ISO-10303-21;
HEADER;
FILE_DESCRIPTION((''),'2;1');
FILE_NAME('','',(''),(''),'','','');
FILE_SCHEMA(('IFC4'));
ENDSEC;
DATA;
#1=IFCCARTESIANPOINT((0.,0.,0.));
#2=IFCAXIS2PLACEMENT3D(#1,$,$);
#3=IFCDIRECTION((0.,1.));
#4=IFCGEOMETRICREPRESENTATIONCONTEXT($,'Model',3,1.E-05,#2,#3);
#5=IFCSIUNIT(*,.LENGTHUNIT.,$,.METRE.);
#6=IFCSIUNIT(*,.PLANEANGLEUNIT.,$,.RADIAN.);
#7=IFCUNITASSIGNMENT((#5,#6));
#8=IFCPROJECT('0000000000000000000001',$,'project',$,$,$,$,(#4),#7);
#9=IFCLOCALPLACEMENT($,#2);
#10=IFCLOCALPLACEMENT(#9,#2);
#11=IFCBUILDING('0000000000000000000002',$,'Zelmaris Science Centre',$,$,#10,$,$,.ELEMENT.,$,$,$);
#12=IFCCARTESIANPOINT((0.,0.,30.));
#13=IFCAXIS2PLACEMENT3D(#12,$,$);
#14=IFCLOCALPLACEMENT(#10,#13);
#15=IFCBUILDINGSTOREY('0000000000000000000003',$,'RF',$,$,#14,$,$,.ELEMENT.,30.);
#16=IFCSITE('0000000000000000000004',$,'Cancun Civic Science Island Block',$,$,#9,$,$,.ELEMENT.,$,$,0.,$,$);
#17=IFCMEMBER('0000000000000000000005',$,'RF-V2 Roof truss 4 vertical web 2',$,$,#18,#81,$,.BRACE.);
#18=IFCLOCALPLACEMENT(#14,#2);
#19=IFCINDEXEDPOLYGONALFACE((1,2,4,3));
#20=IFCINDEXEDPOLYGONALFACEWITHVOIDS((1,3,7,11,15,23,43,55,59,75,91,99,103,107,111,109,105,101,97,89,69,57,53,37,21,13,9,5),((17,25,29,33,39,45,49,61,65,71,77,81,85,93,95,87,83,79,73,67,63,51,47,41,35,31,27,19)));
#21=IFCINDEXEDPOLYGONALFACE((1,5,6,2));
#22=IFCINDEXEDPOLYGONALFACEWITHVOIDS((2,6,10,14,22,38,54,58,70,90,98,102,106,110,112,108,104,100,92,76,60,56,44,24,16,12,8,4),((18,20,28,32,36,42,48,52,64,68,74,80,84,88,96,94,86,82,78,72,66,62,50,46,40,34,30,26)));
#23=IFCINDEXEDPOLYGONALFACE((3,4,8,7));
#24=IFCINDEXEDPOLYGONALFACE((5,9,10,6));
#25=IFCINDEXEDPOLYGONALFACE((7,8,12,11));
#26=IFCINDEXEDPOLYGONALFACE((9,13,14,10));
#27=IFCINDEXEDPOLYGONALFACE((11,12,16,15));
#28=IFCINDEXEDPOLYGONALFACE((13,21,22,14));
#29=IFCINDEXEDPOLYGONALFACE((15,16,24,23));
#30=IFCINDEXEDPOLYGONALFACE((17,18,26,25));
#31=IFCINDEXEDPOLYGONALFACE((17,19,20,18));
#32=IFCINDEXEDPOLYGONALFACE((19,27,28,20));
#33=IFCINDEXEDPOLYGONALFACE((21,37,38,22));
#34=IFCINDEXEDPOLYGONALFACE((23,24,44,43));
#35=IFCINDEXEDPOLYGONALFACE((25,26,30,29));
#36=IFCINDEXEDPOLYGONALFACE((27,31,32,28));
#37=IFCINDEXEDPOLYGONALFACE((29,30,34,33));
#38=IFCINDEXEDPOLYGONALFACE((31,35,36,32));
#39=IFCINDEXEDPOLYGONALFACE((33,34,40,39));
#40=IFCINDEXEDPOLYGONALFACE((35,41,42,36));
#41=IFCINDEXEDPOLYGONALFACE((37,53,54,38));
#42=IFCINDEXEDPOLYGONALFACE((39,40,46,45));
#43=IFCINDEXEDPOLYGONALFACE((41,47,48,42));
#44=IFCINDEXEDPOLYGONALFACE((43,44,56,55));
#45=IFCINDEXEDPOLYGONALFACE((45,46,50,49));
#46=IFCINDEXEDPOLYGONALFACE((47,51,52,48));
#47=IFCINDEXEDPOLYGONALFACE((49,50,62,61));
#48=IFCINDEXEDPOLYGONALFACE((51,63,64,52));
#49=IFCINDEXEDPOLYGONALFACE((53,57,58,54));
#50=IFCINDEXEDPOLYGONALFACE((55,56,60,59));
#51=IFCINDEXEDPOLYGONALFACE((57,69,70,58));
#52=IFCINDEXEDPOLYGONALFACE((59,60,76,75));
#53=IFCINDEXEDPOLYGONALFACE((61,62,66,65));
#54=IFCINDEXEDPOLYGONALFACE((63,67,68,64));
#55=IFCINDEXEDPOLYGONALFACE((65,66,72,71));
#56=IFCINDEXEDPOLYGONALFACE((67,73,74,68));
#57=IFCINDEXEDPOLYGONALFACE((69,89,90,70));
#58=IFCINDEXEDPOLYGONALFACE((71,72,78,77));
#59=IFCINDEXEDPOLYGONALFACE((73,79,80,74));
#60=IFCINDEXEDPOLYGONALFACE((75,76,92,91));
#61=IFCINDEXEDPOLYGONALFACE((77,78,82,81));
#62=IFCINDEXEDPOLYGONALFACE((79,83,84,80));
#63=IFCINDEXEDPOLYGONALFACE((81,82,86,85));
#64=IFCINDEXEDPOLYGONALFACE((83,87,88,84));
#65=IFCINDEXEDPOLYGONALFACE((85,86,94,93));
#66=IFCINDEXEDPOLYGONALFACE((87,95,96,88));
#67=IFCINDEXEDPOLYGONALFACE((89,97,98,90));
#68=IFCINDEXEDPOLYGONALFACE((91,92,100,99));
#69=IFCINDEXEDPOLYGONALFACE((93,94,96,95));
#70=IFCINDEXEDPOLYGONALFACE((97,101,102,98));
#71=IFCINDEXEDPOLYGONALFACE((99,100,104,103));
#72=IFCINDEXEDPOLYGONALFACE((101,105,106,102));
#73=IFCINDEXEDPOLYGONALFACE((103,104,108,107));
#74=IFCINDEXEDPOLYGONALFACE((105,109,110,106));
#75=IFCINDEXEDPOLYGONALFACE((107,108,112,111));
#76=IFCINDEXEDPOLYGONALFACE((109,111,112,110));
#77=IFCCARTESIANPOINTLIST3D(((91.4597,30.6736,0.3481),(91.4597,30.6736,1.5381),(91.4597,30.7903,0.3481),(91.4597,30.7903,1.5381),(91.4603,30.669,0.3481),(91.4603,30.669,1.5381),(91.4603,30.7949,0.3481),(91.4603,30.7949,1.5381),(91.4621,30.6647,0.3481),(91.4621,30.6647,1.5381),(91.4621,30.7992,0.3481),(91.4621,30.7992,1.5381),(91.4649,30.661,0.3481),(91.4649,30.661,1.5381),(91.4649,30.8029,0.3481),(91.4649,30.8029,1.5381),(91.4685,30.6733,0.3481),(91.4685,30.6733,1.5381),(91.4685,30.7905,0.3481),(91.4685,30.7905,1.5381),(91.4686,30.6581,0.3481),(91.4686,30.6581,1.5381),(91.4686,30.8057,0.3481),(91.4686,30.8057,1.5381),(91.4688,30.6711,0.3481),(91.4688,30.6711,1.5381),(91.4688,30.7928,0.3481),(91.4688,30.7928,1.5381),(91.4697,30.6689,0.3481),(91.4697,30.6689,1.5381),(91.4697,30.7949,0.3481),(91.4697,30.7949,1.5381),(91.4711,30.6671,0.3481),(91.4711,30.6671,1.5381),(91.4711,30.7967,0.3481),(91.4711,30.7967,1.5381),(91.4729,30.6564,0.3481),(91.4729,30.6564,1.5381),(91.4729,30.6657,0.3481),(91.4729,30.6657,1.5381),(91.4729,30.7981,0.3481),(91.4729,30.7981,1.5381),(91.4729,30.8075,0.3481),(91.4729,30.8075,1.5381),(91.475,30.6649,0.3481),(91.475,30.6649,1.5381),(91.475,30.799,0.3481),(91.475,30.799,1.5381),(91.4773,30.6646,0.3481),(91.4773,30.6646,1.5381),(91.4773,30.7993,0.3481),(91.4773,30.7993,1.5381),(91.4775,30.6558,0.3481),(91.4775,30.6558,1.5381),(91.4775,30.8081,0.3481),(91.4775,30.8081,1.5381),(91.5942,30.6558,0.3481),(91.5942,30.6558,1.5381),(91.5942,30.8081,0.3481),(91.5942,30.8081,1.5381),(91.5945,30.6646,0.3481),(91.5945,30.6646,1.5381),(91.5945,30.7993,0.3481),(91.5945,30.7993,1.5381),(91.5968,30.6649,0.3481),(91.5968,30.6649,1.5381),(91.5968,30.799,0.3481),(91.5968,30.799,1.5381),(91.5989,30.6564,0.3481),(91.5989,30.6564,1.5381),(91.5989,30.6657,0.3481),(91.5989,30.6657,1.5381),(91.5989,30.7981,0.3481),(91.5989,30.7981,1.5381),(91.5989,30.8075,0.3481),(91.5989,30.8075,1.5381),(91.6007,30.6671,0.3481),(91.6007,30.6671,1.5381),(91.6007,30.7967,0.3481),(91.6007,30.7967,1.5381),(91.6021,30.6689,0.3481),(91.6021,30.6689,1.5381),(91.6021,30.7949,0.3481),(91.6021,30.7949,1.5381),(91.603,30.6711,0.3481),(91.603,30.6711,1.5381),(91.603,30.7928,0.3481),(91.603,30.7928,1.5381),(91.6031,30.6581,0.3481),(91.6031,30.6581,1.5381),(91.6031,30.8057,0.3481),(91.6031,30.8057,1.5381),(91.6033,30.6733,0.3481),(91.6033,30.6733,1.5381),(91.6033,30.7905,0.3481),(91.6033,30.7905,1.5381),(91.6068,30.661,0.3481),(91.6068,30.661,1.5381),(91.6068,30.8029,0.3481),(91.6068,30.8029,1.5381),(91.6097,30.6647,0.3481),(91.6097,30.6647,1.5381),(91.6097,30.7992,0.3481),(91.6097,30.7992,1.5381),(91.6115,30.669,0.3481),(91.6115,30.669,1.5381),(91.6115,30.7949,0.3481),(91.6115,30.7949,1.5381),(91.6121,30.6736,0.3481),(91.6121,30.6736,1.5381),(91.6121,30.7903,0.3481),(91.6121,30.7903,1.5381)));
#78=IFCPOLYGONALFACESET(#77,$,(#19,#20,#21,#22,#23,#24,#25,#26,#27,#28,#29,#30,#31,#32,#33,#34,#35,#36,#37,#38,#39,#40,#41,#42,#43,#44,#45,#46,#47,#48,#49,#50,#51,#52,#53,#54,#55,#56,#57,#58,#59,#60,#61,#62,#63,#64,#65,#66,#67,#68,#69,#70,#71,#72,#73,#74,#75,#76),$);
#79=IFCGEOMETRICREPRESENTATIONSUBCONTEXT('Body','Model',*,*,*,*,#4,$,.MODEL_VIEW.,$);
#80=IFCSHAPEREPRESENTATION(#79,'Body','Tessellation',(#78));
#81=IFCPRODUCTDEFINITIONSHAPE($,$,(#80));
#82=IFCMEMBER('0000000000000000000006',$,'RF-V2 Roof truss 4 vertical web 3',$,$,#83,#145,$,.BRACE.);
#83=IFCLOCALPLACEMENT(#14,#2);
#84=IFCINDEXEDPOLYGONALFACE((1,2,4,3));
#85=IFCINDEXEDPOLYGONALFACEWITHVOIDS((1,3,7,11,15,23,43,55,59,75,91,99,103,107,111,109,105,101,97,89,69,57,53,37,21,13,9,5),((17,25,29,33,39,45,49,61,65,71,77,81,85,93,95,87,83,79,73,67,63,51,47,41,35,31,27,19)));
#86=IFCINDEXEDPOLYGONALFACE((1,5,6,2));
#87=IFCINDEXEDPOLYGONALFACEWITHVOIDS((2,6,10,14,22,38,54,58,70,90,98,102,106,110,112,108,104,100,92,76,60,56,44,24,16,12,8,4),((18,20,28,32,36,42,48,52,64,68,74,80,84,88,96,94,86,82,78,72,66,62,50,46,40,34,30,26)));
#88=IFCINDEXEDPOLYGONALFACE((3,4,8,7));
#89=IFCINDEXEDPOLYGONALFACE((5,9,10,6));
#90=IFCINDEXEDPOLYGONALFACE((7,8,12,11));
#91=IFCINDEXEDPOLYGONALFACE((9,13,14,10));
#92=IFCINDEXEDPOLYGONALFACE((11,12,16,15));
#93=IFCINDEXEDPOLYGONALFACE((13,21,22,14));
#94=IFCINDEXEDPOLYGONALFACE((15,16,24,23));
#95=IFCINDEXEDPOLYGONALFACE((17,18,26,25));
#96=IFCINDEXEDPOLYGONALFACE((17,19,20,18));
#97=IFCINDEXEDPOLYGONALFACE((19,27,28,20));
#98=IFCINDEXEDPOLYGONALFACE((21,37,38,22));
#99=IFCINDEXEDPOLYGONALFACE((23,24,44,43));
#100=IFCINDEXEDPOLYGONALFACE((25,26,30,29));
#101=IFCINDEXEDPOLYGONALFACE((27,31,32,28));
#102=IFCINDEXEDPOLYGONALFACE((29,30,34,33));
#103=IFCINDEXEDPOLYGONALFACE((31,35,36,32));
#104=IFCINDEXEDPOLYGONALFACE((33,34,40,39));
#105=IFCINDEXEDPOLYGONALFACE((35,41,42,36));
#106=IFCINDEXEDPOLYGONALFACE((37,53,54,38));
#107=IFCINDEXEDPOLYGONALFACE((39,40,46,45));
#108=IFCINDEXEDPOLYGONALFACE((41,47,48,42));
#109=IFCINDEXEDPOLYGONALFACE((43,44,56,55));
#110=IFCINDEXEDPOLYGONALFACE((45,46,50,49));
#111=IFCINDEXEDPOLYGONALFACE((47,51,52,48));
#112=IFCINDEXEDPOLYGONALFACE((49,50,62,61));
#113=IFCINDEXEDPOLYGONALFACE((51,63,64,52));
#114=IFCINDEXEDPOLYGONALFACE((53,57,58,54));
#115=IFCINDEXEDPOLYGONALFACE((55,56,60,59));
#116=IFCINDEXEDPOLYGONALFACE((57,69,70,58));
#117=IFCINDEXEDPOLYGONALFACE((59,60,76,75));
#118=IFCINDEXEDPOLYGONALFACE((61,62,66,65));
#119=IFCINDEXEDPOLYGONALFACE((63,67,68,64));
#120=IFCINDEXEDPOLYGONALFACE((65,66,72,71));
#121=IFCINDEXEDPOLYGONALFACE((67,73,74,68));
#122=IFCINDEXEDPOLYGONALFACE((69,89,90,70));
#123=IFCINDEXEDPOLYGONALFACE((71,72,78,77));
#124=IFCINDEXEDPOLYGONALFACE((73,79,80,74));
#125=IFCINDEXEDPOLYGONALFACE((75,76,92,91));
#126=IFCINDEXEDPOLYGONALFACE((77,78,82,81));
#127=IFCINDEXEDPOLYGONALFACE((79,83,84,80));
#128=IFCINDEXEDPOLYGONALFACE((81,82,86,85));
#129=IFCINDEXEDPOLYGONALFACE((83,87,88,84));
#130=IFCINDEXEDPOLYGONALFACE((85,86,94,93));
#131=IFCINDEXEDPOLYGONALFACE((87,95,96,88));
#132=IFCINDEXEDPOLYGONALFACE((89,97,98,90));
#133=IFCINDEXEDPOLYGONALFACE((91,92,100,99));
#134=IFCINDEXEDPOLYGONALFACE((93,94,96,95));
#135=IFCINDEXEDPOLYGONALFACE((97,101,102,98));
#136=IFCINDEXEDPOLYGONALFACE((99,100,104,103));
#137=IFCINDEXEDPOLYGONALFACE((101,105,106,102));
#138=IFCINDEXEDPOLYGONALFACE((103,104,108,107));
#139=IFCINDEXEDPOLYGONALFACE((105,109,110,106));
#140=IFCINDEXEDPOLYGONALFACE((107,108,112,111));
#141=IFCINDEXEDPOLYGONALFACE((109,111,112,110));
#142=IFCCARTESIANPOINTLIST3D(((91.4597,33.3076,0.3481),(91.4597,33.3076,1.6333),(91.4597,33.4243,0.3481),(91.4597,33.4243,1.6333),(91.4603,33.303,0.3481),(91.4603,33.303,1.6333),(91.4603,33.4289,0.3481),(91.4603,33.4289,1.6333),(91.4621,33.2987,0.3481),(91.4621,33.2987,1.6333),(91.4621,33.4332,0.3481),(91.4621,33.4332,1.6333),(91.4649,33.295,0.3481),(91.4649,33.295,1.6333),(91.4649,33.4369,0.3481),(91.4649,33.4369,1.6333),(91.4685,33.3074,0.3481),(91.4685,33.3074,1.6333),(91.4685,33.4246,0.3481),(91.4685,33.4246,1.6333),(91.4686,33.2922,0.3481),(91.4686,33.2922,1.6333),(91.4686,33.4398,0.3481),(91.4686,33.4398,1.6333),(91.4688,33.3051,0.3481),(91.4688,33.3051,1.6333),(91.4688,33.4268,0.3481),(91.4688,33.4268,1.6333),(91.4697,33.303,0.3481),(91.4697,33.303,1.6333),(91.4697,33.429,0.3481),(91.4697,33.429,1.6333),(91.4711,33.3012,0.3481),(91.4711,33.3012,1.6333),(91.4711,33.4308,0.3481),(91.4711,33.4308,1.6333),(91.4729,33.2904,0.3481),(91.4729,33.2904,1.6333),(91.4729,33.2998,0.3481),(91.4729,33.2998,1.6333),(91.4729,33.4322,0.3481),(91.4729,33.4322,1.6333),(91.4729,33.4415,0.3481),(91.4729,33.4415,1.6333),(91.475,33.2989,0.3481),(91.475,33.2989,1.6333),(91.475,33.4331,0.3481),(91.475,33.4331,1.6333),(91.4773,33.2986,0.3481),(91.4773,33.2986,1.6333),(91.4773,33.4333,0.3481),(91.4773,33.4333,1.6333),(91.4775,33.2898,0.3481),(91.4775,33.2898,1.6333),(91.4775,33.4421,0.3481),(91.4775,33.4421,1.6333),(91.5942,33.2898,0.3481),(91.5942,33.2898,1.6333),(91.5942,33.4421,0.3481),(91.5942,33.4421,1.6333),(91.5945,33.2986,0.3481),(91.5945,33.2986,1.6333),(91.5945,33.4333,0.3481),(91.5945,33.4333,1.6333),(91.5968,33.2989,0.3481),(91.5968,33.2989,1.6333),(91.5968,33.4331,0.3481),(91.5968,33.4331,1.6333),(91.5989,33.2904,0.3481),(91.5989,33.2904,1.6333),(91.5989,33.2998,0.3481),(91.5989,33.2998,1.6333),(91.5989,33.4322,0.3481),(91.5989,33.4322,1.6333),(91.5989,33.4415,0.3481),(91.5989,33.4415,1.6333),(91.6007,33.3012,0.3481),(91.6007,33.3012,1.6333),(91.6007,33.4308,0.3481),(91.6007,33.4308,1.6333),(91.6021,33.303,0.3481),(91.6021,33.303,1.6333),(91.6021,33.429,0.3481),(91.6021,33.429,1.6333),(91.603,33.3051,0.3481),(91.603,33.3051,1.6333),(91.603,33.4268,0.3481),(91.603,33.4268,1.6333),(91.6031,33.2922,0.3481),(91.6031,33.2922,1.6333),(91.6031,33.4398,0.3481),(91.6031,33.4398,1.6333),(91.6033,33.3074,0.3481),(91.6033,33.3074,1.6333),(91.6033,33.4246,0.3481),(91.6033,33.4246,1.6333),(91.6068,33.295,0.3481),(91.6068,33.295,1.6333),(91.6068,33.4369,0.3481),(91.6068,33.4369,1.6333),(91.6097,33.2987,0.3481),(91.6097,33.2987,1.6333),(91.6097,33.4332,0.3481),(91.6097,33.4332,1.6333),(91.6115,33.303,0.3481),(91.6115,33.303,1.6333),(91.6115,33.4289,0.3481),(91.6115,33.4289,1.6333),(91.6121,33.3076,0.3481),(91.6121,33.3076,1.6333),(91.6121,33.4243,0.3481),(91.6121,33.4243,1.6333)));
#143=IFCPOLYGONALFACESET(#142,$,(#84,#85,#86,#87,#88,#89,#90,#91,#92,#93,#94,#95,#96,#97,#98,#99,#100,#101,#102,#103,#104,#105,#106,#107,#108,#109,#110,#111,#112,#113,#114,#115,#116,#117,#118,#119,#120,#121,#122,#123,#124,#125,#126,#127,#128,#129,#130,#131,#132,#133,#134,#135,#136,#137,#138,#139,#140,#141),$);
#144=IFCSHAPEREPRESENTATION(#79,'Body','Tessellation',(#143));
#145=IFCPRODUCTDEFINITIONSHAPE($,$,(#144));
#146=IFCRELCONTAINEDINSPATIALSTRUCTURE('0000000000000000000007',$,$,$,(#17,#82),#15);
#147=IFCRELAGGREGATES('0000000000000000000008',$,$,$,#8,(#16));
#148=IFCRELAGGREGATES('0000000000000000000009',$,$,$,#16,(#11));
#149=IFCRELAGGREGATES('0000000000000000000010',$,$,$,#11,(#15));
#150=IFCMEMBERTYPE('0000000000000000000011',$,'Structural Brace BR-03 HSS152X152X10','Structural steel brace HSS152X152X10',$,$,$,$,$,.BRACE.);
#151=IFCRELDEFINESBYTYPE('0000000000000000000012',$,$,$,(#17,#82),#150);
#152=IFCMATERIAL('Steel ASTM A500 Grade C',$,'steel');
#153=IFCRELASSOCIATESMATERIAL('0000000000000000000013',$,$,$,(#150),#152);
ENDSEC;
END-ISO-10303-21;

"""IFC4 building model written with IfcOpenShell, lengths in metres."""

from ifc_helpers import new_model, si_unit, direction, frame, origin, origin_2d, place, context, subcontext, project, spatial, hollow_rectangle, extrude, material, material_profile, profile_set, type_object, element, save


model = new_model("IFC4")

# Units and contexts
model_context = context("Model", 3, precision=1e-05, world=origin(), true_north=direction((0.0, 1.0)))
body_context = subcontext(model_context, "Body", "Model", "MODEL_VIEW")
ifc_project = project(units=[si_unit("LENGTHUNIT", "METRE"), si_unit("PLANEANGLEUNIT", "RADIAN")], contexts=[model_context])

# Site, building, storey
site_placement = place(None, origin())
site = spatial("IfcSite", under=ifc_project, at=site_placement, Name="Cancun Civic Science Island Block", CompositionType="ELEMENT", RefElevation=0.0)
building_placement = place(site_placement, origin())
building = spatial("IfcBuilding", under=site, at=building_placement, Name="Zelmaris Science Centre", CompositionType="ELEMENT")
storey_placement = place(building_placement, frame((0.0, 0.0, 30.0)))
storey = spatial("IfcBuildingStorey", under=building, at=storey_placement, Name="RF", CompositionType="ELEMENT", Elevation=30.0)

# Shared definitions
ifc_material_1 = material(Name="Steel ASTM A500 Grade C", Category="steel")

# Members
ifc_material_profile_1 = material_profile(ifc_material_1, hollow_rectangle(XDim=0.1523, YDim=0.1523, WallThickness=0.0088, InnerFilletRadius=0.0088, OuterFilletRadius=0.0178, at=origin_2d()), Name="HSS152X152X10")
ifc_profile_set_1 = profile_set([ifc_material_profile_1], Name="Steel ASTM A500 Grade C")
member_type_1 = type_object("IfcMemberType", Name="Structural Brace BR-03 HSS152X152X10", Description="Structural steel brace HSS152X152X10", PredefinedType="BRACE", material=ifc_profile_set_1)
member_1_placement = place(storey_placement, frame((91.5359, 30.7319, 0.3481), z_axis=(0.0, 0.0, 1.0), x_axis=(1.0, 0.0, 0.0)))
element("IfcMember", 1, at=member_1_placement, inside=storey, type_object=member_type_1, Name="RF-V2 Roof truss 4 vertical web 2", PredefinedType="BRACE", context=body_context, shape_type="SweptSolid", body=[
    extrude(hollow_rectangle(XDim=0.1523, YDim=0.1523, WallThickness=0.0088, InnerFilletRadius=0.0088, OuterFilletRadius=0.0178, at=origin_2d()), origin(), (0.0, 0.0, 1.0), 1.1899),
])
member_2_placement = place(storey_placement, frame((91.5359, 33.366, 0.3481), z_axis=(0.0, 0.0, 1.0), x_axis=(1.0, 0.0, 0.0)))
element("IfcMember", 2, at=member_2_placement, inside=storey, type_object=member_type_1, Name="RF-V2 Roof truss 4 vertical web 3", PredefinedType="BRACE", context=body_context, shape_type="SweptSolid", body=[
    extrude(hollow_rectangle(XDim=0.1523, YDim=0.1523, WallThickness=0.0088, InnerFilletRadius=0.0088, OuterFilletRadius=0.0178, at=origin_2d()), origin(), (0.0, 0.0, 1.0), 1.2852),
])

save(model, "model.ifc")
